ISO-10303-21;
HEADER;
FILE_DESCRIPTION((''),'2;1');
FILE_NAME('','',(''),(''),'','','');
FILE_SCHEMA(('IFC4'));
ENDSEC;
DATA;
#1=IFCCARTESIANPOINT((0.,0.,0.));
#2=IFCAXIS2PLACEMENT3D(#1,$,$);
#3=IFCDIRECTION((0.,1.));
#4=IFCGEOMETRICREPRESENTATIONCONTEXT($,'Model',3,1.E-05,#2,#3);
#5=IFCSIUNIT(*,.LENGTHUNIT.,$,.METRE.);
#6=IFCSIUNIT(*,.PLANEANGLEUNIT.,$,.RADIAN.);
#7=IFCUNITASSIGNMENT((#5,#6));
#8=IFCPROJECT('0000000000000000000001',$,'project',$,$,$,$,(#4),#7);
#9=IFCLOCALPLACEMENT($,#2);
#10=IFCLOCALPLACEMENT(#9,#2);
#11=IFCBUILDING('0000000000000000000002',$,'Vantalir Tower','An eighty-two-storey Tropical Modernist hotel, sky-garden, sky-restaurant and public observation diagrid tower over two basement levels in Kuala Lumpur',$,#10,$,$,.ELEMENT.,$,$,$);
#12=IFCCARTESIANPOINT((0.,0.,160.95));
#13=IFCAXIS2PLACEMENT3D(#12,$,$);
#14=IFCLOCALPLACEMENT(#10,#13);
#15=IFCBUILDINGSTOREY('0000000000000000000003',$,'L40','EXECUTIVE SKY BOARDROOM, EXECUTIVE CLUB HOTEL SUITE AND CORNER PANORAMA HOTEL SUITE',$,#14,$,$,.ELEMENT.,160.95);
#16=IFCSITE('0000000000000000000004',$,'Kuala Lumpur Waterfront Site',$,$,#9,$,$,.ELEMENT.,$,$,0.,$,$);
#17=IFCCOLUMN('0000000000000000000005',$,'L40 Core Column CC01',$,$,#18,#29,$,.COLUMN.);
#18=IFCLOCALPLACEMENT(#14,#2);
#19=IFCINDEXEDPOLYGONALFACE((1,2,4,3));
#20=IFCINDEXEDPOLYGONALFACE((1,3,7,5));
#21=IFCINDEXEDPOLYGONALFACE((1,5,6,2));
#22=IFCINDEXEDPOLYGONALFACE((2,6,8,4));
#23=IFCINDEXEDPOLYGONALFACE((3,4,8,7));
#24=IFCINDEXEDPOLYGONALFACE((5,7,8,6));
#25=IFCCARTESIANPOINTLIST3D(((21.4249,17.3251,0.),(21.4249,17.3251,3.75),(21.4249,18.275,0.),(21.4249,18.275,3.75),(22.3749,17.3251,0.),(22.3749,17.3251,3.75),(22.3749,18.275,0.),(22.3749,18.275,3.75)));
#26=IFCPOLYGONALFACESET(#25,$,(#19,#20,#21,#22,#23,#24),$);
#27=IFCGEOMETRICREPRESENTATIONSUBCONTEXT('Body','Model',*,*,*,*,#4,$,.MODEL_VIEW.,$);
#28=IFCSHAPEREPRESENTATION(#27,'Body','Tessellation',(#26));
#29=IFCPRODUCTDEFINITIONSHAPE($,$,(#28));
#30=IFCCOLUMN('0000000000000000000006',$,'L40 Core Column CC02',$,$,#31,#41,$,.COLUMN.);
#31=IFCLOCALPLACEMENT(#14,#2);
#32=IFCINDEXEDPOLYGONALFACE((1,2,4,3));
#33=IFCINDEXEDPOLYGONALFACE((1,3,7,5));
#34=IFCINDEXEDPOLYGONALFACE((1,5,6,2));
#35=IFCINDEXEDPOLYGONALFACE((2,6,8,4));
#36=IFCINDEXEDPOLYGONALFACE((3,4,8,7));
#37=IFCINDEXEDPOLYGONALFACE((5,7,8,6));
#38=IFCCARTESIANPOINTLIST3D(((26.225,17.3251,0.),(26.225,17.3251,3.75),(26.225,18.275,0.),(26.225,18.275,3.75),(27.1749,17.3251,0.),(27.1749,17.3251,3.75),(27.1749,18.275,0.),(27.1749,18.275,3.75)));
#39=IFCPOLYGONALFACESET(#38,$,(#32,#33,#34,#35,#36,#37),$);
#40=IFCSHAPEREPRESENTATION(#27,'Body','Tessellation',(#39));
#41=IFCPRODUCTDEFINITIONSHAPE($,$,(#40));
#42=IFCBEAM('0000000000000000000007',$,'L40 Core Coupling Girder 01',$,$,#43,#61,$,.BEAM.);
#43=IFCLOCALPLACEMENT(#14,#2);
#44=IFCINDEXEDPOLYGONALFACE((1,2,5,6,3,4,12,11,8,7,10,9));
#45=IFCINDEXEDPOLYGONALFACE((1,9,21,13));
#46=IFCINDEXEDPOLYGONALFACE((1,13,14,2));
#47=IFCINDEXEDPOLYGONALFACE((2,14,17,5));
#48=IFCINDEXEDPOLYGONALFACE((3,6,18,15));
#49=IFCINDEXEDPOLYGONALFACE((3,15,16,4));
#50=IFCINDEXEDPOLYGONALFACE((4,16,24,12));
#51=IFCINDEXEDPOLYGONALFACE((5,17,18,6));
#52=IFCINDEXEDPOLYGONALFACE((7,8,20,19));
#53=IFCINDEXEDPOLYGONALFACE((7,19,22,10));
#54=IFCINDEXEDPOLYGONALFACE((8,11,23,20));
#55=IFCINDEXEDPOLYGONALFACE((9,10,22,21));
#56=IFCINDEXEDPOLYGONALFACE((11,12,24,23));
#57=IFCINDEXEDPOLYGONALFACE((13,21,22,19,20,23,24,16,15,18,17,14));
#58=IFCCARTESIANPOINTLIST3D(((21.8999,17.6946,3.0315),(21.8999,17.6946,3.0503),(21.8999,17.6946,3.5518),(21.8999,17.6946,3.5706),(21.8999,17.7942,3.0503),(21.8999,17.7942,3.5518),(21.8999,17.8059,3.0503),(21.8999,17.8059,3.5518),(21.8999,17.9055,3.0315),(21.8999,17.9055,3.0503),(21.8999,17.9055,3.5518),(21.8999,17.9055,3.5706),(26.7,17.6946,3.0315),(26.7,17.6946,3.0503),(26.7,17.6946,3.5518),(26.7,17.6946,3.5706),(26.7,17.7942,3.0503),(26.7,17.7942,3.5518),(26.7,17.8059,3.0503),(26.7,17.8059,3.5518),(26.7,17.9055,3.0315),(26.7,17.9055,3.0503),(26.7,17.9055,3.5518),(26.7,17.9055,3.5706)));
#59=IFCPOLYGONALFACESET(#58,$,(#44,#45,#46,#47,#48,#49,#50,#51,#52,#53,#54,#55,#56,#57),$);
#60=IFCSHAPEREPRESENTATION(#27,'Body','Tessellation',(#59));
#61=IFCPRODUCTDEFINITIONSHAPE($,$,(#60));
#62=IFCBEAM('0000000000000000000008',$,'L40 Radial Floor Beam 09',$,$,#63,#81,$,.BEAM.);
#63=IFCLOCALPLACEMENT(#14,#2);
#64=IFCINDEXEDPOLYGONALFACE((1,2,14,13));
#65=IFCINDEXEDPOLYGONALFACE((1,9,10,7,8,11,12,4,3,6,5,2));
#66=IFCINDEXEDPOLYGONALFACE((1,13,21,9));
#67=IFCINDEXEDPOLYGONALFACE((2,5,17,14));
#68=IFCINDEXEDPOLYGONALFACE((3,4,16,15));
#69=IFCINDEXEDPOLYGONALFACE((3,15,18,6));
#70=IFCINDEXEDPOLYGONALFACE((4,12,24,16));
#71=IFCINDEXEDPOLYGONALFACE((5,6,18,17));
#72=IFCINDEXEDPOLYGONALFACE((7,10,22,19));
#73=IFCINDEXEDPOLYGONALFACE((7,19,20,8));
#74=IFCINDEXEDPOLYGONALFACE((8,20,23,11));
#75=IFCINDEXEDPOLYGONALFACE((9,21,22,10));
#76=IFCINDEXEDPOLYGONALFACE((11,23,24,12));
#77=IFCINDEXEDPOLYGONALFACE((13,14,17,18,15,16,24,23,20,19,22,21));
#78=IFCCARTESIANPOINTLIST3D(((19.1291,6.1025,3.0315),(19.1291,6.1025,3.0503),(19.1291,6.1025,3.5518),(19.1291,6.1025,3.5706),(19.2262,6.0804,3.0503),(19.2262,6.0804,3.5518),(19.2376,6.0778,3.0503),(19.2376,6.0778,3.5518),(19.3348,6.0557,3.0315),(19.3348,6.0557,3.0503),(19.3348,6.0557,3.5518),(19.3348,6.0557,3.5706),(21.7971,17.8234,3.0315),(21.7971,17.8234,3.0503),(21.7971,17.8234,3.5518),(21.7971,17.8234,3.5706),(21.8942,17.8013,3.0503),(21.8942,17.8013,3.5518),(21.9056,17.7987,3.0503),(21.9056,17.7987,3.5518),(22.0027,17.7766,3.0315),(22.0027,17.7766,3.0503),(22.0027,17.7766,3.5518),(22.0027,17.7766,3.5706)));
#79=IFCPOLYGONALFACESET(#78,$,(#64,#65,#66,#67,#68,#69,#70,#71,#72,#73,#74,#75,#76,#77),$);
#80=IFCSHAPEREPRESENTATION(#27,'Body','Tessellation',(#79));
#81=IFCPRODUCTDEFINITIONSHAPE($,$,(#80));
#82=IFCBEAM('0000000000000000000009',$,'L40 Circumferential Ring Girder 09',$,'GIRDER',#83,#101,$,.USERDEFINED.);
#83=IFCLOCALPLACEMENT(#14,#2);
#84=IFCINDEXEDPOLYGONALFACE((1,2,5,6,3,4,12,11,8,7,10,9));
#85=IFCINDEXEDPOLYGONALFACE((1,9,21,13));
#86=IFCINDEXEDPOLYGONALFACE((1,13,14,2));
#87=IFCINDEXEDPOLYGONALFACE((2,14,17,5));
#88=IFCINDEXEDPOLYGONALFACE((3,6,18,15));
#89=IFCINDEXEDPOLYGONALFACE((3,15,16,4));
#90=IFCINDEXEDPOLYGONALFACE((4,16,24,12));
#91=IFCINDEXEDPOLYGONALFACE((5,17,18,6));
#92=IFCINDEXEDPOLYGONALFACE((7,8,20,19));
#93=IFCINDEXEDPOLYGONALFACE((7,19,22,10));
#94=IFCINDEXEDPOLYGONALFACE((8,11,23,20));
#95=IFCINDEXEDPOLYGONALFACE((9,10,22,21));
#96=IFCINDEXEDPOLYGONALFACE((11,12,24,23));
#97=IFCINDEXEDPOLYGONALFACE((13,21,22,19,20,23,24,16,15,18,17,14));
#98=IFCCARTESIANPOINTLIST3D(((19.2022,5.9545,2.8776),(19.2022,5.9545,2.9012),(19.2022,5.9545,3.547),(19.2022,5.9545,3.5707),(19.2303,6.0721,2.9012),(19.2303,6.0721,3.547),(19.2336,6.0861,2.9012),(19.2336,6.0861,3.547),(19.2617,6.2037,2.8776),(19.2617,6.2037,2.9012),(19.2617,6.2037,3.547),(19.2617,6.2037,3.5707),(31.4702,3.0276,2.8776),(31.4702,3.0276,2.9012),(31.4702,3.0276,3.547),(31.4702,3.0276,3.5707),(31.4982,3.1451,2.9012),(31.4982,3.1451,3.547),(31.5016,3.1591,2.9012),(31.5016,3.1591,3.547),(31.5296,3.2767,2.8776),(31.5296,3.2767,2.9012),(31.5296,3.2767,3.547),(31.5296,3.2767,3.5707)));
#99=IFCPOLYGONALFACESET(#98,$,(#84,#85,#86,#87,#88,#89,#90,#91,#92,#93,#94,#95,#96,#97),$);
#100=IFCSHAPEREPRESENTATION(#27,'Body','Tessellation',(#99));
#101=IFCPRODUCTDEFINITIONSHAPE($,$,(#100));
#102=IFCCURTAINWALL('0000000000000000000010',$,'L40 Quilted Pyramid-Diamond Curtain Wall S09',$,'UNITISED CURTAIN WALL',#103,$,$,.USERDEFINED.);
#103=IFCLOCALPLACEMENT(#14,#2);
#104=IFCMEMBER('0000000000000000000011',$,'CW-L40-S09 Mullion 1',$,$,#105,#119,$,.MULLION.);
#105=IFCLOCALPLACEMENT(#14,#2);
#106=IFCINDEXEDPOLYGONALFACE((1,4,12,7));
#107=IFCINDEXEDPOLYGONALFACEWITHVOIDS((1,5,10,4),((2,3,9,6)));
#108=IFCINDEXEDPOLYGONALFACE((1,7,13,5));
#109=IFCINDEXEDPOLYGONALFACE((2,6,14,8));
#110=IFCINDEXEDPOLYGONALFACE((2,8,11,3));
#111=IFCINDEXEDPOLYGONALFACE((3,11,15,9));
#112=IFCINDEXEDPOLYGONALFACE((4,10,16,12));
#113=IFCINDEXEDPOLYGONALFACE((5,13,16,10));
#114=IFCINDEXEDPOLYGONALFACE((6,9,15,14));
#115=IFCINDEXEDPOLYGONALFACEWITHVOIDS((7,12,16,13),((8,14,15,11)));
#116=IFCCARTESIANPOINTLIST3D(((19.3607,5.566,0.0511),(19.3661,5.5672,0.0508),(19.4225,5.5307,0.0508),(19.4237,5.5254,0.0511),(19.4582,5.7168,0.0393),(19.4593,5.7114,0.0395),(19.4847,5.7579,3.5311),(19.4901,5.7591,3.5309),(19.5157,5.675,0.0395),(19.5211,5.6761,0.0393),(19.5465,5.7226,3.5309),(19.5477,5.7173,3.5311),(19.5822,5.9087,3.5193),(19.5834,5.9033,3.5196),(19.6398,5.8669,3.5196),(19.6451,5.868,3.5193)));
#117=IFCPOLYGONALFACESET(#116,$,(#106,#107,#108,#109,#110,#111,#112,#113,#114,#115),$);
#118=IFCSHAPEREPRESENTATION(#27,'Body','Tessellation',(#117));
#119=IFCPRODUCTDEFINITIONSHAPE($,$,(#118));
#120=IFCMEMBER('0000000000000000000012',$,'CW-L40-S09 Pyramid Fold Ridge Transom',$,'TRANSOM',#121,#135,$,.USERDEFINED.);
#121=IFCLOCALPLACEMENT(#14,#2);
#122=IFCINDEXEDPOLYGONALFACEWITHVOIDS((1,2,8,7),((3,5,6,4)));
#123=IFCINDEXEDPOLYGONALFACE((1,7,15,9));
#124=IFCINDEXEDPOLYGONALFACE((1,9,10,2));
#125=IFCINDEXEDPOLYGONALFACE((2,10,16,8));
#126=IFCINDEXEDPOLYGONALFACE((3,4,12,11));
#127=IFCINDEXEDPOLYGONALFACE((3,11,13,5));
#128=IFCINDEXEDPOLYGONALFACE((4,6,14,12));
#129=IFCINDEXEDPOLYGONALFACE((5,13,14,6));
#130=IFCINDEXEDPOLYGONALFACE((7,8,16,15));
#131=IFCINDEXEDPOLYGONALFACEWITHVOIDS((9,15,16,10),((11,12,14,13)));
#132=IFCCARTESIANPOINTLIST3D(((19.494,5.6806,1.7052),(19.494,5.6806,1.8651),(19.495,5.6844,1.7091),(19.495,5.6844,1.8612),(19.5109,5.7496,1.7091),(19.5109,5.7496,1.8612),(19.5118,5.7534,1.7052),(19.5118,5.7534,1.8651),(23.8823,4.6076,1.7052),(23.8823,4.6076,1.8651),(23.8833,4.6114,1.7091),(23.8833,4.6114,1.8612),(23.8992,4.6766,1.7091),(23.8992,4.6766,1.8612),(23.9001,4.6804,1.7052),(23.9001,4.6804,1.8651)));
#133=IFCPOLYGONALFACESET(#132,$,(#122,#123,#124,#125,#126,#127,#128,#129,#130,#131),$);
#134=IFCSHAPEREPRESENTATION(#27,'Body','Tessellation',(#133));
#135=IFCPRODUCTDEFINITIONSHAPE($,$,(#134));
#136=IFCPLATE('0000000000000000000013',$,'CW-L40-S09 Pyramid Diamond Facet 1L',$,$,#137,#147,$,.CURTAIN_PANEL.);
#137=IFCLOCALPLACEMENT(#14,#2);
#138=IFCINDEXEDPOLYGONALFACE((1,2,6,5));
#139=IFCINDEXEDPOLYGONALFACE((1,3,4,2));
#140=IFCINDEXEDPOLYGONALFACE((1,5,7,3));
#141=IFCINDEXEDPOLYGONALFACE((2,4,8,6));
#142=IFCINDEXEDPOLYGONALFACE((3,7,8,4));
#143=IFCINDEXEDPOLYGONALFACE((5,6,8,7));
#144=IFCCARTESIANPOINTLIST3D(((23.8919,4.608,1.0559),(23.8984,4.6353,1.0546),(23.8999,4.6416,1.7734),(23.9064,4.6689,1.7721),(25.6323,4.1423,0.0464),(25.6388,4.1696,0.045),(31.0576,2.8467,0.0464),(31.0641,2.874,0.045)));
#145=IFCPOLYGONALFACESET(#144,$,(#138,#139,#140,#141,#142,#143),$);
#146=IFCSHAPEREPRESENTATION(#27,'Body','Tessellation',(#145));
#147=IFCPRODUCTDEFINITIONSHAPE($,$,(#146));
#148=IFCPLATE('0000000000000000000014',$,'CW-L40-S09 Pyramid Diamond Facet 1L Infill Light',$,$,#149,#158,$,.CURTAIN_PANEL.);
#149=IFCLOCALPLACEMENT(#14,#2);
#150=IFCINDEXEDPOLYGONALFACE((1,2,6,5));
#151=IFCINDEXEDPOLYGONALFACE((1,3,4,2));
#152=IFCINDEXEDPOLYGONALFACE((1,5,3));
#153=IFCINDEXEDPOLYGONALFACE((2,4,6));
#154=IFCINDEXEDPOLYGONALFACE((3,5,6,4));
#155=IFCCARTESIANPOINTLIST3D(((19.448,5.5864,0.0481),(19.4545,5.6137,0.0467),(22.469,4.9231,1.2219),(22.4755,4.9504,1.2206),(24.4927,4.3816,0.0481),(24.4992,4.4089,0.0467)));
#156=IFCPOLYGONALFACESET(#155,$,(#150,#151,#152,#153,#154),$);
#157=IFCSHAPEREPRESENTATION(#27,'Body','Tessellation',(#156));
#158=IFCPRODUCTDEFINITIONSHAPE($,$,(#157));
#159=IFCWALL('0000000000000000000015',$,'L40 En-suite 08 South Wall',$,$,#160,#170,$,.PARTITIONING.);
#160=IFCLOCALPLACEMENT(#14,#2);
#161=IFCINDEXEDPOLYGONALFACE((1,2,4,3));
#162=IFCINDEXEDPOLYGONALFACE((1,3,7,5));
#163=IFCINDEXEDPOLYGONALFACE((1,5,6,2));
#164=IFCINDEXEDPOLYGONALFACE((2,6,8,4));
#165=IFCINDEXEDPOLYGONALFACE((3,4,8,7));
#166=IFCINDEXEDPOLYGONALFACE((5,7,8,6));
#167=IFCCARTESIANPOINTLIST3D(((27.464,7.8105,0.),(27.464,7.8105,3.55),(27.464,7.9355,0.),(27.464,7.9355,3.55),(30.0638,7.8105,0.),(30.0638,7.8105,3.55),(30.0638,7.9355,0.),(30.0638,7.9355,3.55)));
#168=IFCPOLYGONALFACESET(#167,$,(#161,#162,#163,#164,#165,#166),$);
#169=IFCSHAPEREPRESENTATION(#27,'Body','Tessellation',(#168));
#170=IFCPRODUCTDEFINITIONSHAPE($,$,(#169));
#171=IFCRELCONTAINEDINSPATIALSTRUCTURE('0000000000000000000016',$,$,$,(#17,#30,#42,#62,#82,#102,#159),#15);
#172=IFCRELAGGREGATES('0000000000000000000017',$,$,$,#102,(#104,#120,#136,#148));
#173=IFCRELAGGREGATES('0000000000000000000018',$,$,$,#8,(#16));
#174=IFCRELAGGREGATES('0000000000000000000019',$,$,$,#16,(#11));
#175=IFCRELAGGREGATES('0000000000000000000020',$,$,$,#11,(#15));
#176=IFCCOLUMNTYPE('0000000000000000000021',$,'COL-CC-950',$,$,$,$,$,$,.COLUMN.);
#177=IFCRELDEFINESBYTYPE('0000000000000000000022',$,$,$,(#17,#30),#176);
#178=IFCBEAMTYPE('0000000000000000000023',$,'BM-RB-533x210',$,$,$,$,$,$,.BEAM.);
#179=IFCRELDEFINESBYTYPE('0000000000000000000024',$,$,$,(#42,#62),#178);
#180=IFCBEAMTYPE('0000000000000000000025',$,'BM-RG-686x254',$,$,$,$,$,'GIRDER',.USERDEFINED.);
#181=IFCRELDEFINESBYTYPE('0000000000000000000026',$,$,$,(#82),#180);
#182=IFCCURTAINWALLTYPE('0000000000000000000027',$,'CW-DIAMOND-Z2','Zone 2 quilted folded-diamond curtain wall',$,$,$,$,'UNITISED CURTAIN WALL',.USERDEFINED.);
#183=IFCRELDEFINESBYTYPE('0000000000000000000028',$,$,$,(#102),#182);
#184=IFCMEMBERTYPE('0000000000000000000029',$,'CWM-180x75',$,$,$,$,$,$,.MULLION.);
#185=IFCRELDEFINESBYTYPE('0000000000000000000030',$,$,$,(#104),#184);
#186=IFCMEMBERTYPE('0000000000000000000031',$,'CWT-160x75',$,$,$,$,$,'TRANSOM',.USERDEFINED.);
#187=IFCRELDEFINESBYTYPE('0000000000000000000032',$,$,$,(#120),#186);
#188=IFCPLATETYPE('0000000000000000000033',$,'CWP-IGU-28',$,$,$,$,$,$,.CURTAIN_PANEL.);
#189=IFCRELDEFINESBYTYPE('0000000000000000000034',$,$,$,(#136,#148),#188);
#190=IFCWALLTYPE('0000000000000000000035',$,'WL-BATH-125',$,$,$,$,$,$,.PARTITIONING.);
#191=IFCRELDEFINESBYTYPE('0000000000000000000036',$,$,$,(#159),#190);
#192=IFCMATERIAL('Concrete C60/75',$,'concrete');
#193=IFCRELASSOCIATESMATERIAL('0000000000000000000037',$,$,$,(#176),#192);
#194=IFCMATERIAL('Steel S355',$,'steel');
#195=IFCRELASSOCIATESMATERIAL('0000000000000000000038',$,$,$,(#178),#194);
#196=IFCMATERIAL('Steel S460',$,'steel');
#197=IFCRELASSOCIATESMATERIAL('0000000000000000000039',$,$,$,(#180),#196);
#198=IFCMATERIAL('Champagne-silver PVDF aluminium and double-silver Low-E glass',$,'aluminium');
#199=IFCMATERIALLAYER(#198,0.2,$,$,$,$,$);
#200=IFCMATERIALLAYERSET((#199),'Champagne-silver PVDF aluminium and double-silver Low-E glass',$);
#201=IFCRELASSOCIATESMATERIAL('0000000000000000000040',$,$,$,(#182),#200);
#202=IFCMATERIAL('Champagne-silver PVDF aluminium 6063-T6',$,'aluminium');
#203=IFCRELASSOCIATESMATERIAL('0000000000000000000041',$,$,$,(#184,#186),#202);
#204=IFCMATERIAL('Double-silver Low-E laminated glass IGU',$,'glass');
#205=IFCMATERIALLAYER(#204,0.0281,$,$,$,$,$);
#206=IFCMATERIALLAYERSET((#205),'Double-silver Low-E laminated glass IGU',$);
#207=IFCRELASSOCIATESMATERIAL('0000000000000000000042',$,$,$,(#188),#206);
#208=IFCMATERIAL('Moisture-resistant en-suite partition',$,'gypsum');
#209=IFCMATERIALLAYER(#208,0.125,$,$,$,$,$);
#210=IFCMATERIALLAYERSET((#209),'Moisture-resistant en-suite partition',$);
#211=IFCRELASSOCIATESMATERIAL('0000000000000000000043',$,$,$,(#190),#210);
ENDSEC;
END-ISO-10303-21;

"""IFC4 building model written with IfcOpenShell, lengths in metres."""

from ifc_helpers import new_model, si_unit, direction, frame, frame_2d, origin, origin_2d, place, context, subcontext, project, spatial, polyline, rectangle, hollow_rectangle, i_section, outline, extrude, material, layer, layer_set, material_profile, profile_set, type_object, element, aggregate, save


model = new_model("IFC4")

# Units and contexts
model_context = context("Model", 3, precision=1e-05, world=origin(), true_north=direction((0.0, 1.0)))
body_context = subcontext(model_context, "Body", "Model", "MODEL_VIEW")
ifc_project = project(units=[si_unit("LENGTHUNIT", "METRE"), si_unit("PLANEANGLEUNIT", "RADIAN")], contexts=[model_context])

# Site, building, storey
site_placement = place(None, origin())
site = spatial("IfcSite", under=ifc_project, at=site_placement, Name="Kuala Lumpur Waterfront Site", CompositionType="ELEMENT", RefElevation=0.0)
building_placement = place(site_placement, origin())
building = spatial("IfcBuilding", under=site, at=building_placement, Name="Vantalir Tower", Description="An eighty-two-storey Tropical Modernist hotel, sky-garden, sky-restaurant and public observation diagrid tower over two basement levels in Kuala Lumpur", CompositionType="ELEMENT")
storey_placement = place(building_placement, frame((0.0, 0.0, 160.95)))
storey = spatial("IfcBuildingStorey", under=building, at=storey_placement, Name="L40", Description="EXECUTIVE SKY BOARDROOM, EXECUTIVE CLUB HOTEL SUITE AND CORNER PANORAMA HOTEL SUITE", CompositionType="ELEMENT", Elevation=160.95)

# Columns
ifc_material_1 = material(Name="Concrete C60/75", Category="concrete")
ifc_material_profile_1 = material_profile(ifc_material_1, rectangle(XDim=0.95, YDim=0.95, at=origin_2d()), Name="Concrete C60/75")
ifc_profile_set_1 = profile_set([ifc_material_profile_1], Name="Concrete C60/75")
column_type = type_object("IfcColumnType", Name="COL-CC-950", PredefinedType="COLUMN", material=ifc_profile_set_1)
for number, where, z_axis, x_axis, name in (
    (1, (21.8999, 17.8, 0.0), (0.0, 0.0, 1.0), (1.0, 0.0, 0.0), "L40 Core Column CC01"),
    (2, (26.7, 17.8, 0.0), (0.0, 0.0, 1.0), (1.0, 0.0, 0.0), "L40 Core Column CC02"),
):
    element("IfcColumn", number, at=place(storey_placement, frame(where, z_axis=z_axis, x_axis=x_axis)), inside=storey, type_object=column_type, Name=name, PredefinedType="COLUMN", context=body_context, shape_type="SweptSolid", body=[
        extrude(rectangle(XDim=0.95, YDim=0.95, at=origin_2d()), origin(), (0.0, 0.0, 1.0), 3.75),
    ])

# Beams
ifc_material_2 = material(Name="Steel S355", Category="steel")
ifc_material_profile_2 = material_profile(ifc_material_2, i_section(OverallWidth=0.2109, OverallDepth=0.5391, WebThickness=0.0117, FlangeThickness=0.0188, at=origin_2d()), Name="Steel S355")
ifc_profile_set_2 = profile_set([ifc_material_profile_2], Name="Steel S355")
beam_type_1 = type_object("IfcBeamType", Name="BM-RB-533x210", PredefinedType="BEAM", material=ifc_profile_set_2)
beam_1_placement = place(storey_placement, frame((21.8999, 17.8, 3.301), z_axis=(1.0, 0.0, 0.0), x_axis=(0.0, 1.0, 0.0)))
element("IfcBeam", 3, at=beam_1_placement, inside=storey, type_object=beam_type_1, Name="L40 Core Coupling Girder 01", PredefinedType="BEAM", context=body_context, shape_type="SweptSolid", body=[
    extrude(i_section(OverallWidth=0.2109, OverallDepth=0.5391, WebThickness=0.0117, FlangeThickness=0.0188, at=origin_2d()), origin(), (0.0, 0.0, 1.0), 4.8),
])
beam_2_placement = place(storey_placement, frame((19.2319, 6.0791, 3.301), z_axis=(0.221947, 0.975059, 0.0), x_axis=(-0.975059, 0.221947, 0.0)))
element("IfcBeam", 4, at=beam_2_placement, inside=storey, type_object=beam_type_1, Name="L40 Radial Floor Beam 09", PredefinedType="BEAM", context=body_context, shape_type="SweptSolid", body=[
    extrude(i_section(OverallWidth=0.2109, OverallDepth=0.5391, WebThickness=0.0117, FlangeThickness=0.0188, at=origin_2d()), origin(), (0.0, 0.0, 1.0), 12.0208),
])
ifc_material_3 = material(Name="Steel S460", Category="steel")
ifc_material_profile_3 = material_profile(ifc_material_3, i_section(OverallWidth=0.2561, OverallDepth=0.6931, WebThickness=0.0144, FlangeThickness=0.0237, at=origin_2d()), Name="Steel S460")
ifc_profile_set_3 = profile_set([ifc_material_profile_3], Name="Steel S460")
beam_type_2 = type_object("IfcBeamType", Name="BM-RG-686x254", ElementType="GIRDER", PredefinedType="USERDEFINED", material=ifc_profile_set_3)
beam_3_placement = place(storey_placement, frame((19.2319, 6.0791, 3.2241), z_axis=(0.972698, -0.232073, 0.0), x_axis=(0.232073, 0.972698, 0.0)))
element("IfcBeam", 5, at=beam_3_placement, inside=storey, type_object=beam_type_2, Name="L40 Circumferential Ring Girder 09", ObjectType="GIRDER", PredefinedType="USERDEFINED", context=body_context, shape_type="SweptSolid", body=[
    extrude(i_section(OverallWidth=0.2561, OverallDepth=0.6931, WebThickness=0.0144, FlangeThickness=0.0237, at=origin_2d()), origin(), (0.0, 0.0, 1.0), 12.6123),
])

# Curtain wall, members, plates
ifc_material_4 = material(Name="Champagne-silver PVDF aluminium and double-silver Low-E glass", Category="aluminium")
ifc_layer_1 = layer(ifc_material_4, 0.2)
ifc_layer_set_1 = layer_set([ifc_layer_1], Name="Champagne-silver PVDF aluminium and double-silver Low-E glass")
curtain_wall_type = type_object("IfcCurtainWallType", Name="CW-DIAMOND-Z2", Description="Zone 2 quilted folded-diamond curtain wall", ElementType="UNITISED CURTAIN WALL", PredefinedType="USERDEFINED", material=ifc_layer_set_1)
curtain_wall_placement = place(storey_placement, origin())
curtain_wall = element("IfcCurtainWall", 6, at=curtain_wall_placement, inside=storey, type_object=curtain_wall_type, Name="L40 Quilted Pyramid-Diamond Curtain Wall S09", ObjectType="UNITISED CURTAIN WALL", PredefinedType="USERDEFINED")
ifc_material_5 = material(Name="Champagne-silver PVDF aluminium 6063-T6", Category="aluminium")
ifc_material_profile_4 = material_profile(ifc_material_5, hollow_rectangle(XDim=0.075, YDim=0.1799, WallThickness=0.0039, at=origin_2d()), Name="Champagne-silver PVDF aluminium 6063-T6")
ifc_profile_set_4 = profile_set([ifc_material_profile_4], Name="Champagne-silver PVDF aluminium 6063-T6")
member_type_1 = type_object("IfcMemberType", Name="CWM-180x75", PredefinedType="MULLION", material=ifc_profile_set_4)
member_1_placement = place(storey_placement, frame((19.4409, 5.6211, 0.0452), z_axis=(0.035563, 0.055024, 0.997852), x_axis=(-0.839857, 0.542808, 0.0)))
member_1 = element("IfcMember", 7, at=member_1_placement, type_object=member_type_1, Name="CW-L40-S09 Mullion 1", PredefinedType="MULLION", context=body_context, shape_type="SweptSolid", body=[
    extrude(hollow_rectangle(XDim=0.075, YDim=0.1799, WallThickness=0.0039, at=origin_2d()), origin(), (0.0, 0.0, 1.0), 3.4875),
])
ifc_material_profile_5 = material_profile(ifc_material_5, hollow_rectangle(XDim=0.075, YDim=0.1599, WallThickness=0.0039, at=origin_2d()), Name="Champagne-silver PVDF aluminium 6063-T6")
ifc_profile_set_5 = profile_set([ifc_material_profile_5], Name="Champagne-silver PVDF aluminium 6063-T6")
member_type_2 = type_object("IfcMemberType", Name="CWT-160x75", ElementType="TRANSOM", PredefinedType="USERDEFINED", material=ifc_profile_set_5)
member_2_placement = place(storey_placement, frame((19.5029, 5.717, 1.7852), z_axis=(0.971382, -0.237522, 0.0), x_axis=(0.237522, 0.971382, 0.0)))
member_2 = element("IfcMember", 8, at=member_2_placement, type_object=member_type_2, Name="CW-L40-S09 Pyramid Fold Ridge Transom", ObjectType="TRANSOM", PredefinedType="USERDEFINED", context=body_context, shape_type="SweptSolid", body=[
    extrude(hollow_rectangle(XDim=0.075, YDim=0.1599, WallThickness=0.0039, at=origin_2d()), origin(), (0.0, 0.0, 1.0), 4.5176),
])
ifc_material_6 = material(Name="Double-silver Low-E laminated glass IGU", Category="glass")
ifc_layer_2 = layer(ifc_material_6, 0.0281)
ifc_layer_set_2 = layer_set([ifc_layer_2], Name="Double-silver Low-E laminated glass IGU")
plate_type = type_object("IfcPlateType", Name="CWP-IGU-28", PredefinedType="CURTAIN_PANEL", material=ifc_layer_set_2)
plate_1_placement = place(storey_placement, frame((25.6323, 4.1423, 0.0464), z_axis=(-0.232004, -0.971523, 0.048129), x_axis=(0.972651, -0.232273, -0.000001)))
plate_1 = element("IfcPlate", 9, at=plate_1_placement, type_object=plate_type, Name="CW-L40-S09 Pyramid Diamond Facet 1L", PredefinedType="CURTAIN_PANEL", context=body_context, shape_type="SweptSolid", body=[
    extrude(outline(polyline([(0.0, 0.0), (5.5779, 0.0), (-1.801, 1.7291), (-1.801, 1.0107), (0.0, 0.0)])), origin(), (0.0, 0.0, -1.0), 0.0281),
])
plate_2_placement = place(storey_placement, frame((19.448, 5.5864, 0.0481), z_axis=(-0.23203, -0.971516, 0.048155), x_axis=(0.972644, -0.232299, 0.0)))
plate_2 = element("IfcPlate", 10, at=plate_2_placement, type_object=plate_type, Name="CW-L40-S09 Pyramid Diamond Facet 1L Infill Light", PredefinedType="CURTAIN_PANEL", context=body_context, shape_type="SweptSolid", body=[
    extrude(outline(polyline([(0.0, 0.0), (5.1866, 0.0), (3.0924, 1.1752), (0.0, 0.0)])), origin(), (0.0, 0.0, -1.0), 0.0281),
])
aggregate(curtain_wall, [member_1, member_2, plate_1, plate_2])

# Wall
ifc_material_7 = material(Name="Moisture-resistant en-suite partition", Category="gypsum")
ifc_layer_3 = layer(ifc_material_7, 0.125)
ifc_layer_set_3 = layer_set([ifc_layer_3], Name="Moisture-resistant en-suite partition")
wall_type_1 = type_object("IfcWallType", Name="WL-BATH-125", PredefinedType="PARTITIONING", material=ifc_layer_set_3)
wall_1_placement = place(storey_placement, frame((27.4641, 7.873, 0.0), z_axis=(0.0, 0.0, 1.0), x_axis=(1.0, 0.0, 0.0)))
element("IfcWall", 11, at=wall_1_placement, inside=storey, type_object=wall_type_1, Name="L40 En-suite 08 South Wall", PredefinedType="PARTITIONING", context=body_context, shape_type="SweptSolid", body=[
    extrude(rectangle(XDim=2.5999, YDim=0.125, at=frame_2d((1.2998, 0.0))), origin(), (0.0, 0.0, 1.0), 3.55),
])

save(model, "model.ifc")
